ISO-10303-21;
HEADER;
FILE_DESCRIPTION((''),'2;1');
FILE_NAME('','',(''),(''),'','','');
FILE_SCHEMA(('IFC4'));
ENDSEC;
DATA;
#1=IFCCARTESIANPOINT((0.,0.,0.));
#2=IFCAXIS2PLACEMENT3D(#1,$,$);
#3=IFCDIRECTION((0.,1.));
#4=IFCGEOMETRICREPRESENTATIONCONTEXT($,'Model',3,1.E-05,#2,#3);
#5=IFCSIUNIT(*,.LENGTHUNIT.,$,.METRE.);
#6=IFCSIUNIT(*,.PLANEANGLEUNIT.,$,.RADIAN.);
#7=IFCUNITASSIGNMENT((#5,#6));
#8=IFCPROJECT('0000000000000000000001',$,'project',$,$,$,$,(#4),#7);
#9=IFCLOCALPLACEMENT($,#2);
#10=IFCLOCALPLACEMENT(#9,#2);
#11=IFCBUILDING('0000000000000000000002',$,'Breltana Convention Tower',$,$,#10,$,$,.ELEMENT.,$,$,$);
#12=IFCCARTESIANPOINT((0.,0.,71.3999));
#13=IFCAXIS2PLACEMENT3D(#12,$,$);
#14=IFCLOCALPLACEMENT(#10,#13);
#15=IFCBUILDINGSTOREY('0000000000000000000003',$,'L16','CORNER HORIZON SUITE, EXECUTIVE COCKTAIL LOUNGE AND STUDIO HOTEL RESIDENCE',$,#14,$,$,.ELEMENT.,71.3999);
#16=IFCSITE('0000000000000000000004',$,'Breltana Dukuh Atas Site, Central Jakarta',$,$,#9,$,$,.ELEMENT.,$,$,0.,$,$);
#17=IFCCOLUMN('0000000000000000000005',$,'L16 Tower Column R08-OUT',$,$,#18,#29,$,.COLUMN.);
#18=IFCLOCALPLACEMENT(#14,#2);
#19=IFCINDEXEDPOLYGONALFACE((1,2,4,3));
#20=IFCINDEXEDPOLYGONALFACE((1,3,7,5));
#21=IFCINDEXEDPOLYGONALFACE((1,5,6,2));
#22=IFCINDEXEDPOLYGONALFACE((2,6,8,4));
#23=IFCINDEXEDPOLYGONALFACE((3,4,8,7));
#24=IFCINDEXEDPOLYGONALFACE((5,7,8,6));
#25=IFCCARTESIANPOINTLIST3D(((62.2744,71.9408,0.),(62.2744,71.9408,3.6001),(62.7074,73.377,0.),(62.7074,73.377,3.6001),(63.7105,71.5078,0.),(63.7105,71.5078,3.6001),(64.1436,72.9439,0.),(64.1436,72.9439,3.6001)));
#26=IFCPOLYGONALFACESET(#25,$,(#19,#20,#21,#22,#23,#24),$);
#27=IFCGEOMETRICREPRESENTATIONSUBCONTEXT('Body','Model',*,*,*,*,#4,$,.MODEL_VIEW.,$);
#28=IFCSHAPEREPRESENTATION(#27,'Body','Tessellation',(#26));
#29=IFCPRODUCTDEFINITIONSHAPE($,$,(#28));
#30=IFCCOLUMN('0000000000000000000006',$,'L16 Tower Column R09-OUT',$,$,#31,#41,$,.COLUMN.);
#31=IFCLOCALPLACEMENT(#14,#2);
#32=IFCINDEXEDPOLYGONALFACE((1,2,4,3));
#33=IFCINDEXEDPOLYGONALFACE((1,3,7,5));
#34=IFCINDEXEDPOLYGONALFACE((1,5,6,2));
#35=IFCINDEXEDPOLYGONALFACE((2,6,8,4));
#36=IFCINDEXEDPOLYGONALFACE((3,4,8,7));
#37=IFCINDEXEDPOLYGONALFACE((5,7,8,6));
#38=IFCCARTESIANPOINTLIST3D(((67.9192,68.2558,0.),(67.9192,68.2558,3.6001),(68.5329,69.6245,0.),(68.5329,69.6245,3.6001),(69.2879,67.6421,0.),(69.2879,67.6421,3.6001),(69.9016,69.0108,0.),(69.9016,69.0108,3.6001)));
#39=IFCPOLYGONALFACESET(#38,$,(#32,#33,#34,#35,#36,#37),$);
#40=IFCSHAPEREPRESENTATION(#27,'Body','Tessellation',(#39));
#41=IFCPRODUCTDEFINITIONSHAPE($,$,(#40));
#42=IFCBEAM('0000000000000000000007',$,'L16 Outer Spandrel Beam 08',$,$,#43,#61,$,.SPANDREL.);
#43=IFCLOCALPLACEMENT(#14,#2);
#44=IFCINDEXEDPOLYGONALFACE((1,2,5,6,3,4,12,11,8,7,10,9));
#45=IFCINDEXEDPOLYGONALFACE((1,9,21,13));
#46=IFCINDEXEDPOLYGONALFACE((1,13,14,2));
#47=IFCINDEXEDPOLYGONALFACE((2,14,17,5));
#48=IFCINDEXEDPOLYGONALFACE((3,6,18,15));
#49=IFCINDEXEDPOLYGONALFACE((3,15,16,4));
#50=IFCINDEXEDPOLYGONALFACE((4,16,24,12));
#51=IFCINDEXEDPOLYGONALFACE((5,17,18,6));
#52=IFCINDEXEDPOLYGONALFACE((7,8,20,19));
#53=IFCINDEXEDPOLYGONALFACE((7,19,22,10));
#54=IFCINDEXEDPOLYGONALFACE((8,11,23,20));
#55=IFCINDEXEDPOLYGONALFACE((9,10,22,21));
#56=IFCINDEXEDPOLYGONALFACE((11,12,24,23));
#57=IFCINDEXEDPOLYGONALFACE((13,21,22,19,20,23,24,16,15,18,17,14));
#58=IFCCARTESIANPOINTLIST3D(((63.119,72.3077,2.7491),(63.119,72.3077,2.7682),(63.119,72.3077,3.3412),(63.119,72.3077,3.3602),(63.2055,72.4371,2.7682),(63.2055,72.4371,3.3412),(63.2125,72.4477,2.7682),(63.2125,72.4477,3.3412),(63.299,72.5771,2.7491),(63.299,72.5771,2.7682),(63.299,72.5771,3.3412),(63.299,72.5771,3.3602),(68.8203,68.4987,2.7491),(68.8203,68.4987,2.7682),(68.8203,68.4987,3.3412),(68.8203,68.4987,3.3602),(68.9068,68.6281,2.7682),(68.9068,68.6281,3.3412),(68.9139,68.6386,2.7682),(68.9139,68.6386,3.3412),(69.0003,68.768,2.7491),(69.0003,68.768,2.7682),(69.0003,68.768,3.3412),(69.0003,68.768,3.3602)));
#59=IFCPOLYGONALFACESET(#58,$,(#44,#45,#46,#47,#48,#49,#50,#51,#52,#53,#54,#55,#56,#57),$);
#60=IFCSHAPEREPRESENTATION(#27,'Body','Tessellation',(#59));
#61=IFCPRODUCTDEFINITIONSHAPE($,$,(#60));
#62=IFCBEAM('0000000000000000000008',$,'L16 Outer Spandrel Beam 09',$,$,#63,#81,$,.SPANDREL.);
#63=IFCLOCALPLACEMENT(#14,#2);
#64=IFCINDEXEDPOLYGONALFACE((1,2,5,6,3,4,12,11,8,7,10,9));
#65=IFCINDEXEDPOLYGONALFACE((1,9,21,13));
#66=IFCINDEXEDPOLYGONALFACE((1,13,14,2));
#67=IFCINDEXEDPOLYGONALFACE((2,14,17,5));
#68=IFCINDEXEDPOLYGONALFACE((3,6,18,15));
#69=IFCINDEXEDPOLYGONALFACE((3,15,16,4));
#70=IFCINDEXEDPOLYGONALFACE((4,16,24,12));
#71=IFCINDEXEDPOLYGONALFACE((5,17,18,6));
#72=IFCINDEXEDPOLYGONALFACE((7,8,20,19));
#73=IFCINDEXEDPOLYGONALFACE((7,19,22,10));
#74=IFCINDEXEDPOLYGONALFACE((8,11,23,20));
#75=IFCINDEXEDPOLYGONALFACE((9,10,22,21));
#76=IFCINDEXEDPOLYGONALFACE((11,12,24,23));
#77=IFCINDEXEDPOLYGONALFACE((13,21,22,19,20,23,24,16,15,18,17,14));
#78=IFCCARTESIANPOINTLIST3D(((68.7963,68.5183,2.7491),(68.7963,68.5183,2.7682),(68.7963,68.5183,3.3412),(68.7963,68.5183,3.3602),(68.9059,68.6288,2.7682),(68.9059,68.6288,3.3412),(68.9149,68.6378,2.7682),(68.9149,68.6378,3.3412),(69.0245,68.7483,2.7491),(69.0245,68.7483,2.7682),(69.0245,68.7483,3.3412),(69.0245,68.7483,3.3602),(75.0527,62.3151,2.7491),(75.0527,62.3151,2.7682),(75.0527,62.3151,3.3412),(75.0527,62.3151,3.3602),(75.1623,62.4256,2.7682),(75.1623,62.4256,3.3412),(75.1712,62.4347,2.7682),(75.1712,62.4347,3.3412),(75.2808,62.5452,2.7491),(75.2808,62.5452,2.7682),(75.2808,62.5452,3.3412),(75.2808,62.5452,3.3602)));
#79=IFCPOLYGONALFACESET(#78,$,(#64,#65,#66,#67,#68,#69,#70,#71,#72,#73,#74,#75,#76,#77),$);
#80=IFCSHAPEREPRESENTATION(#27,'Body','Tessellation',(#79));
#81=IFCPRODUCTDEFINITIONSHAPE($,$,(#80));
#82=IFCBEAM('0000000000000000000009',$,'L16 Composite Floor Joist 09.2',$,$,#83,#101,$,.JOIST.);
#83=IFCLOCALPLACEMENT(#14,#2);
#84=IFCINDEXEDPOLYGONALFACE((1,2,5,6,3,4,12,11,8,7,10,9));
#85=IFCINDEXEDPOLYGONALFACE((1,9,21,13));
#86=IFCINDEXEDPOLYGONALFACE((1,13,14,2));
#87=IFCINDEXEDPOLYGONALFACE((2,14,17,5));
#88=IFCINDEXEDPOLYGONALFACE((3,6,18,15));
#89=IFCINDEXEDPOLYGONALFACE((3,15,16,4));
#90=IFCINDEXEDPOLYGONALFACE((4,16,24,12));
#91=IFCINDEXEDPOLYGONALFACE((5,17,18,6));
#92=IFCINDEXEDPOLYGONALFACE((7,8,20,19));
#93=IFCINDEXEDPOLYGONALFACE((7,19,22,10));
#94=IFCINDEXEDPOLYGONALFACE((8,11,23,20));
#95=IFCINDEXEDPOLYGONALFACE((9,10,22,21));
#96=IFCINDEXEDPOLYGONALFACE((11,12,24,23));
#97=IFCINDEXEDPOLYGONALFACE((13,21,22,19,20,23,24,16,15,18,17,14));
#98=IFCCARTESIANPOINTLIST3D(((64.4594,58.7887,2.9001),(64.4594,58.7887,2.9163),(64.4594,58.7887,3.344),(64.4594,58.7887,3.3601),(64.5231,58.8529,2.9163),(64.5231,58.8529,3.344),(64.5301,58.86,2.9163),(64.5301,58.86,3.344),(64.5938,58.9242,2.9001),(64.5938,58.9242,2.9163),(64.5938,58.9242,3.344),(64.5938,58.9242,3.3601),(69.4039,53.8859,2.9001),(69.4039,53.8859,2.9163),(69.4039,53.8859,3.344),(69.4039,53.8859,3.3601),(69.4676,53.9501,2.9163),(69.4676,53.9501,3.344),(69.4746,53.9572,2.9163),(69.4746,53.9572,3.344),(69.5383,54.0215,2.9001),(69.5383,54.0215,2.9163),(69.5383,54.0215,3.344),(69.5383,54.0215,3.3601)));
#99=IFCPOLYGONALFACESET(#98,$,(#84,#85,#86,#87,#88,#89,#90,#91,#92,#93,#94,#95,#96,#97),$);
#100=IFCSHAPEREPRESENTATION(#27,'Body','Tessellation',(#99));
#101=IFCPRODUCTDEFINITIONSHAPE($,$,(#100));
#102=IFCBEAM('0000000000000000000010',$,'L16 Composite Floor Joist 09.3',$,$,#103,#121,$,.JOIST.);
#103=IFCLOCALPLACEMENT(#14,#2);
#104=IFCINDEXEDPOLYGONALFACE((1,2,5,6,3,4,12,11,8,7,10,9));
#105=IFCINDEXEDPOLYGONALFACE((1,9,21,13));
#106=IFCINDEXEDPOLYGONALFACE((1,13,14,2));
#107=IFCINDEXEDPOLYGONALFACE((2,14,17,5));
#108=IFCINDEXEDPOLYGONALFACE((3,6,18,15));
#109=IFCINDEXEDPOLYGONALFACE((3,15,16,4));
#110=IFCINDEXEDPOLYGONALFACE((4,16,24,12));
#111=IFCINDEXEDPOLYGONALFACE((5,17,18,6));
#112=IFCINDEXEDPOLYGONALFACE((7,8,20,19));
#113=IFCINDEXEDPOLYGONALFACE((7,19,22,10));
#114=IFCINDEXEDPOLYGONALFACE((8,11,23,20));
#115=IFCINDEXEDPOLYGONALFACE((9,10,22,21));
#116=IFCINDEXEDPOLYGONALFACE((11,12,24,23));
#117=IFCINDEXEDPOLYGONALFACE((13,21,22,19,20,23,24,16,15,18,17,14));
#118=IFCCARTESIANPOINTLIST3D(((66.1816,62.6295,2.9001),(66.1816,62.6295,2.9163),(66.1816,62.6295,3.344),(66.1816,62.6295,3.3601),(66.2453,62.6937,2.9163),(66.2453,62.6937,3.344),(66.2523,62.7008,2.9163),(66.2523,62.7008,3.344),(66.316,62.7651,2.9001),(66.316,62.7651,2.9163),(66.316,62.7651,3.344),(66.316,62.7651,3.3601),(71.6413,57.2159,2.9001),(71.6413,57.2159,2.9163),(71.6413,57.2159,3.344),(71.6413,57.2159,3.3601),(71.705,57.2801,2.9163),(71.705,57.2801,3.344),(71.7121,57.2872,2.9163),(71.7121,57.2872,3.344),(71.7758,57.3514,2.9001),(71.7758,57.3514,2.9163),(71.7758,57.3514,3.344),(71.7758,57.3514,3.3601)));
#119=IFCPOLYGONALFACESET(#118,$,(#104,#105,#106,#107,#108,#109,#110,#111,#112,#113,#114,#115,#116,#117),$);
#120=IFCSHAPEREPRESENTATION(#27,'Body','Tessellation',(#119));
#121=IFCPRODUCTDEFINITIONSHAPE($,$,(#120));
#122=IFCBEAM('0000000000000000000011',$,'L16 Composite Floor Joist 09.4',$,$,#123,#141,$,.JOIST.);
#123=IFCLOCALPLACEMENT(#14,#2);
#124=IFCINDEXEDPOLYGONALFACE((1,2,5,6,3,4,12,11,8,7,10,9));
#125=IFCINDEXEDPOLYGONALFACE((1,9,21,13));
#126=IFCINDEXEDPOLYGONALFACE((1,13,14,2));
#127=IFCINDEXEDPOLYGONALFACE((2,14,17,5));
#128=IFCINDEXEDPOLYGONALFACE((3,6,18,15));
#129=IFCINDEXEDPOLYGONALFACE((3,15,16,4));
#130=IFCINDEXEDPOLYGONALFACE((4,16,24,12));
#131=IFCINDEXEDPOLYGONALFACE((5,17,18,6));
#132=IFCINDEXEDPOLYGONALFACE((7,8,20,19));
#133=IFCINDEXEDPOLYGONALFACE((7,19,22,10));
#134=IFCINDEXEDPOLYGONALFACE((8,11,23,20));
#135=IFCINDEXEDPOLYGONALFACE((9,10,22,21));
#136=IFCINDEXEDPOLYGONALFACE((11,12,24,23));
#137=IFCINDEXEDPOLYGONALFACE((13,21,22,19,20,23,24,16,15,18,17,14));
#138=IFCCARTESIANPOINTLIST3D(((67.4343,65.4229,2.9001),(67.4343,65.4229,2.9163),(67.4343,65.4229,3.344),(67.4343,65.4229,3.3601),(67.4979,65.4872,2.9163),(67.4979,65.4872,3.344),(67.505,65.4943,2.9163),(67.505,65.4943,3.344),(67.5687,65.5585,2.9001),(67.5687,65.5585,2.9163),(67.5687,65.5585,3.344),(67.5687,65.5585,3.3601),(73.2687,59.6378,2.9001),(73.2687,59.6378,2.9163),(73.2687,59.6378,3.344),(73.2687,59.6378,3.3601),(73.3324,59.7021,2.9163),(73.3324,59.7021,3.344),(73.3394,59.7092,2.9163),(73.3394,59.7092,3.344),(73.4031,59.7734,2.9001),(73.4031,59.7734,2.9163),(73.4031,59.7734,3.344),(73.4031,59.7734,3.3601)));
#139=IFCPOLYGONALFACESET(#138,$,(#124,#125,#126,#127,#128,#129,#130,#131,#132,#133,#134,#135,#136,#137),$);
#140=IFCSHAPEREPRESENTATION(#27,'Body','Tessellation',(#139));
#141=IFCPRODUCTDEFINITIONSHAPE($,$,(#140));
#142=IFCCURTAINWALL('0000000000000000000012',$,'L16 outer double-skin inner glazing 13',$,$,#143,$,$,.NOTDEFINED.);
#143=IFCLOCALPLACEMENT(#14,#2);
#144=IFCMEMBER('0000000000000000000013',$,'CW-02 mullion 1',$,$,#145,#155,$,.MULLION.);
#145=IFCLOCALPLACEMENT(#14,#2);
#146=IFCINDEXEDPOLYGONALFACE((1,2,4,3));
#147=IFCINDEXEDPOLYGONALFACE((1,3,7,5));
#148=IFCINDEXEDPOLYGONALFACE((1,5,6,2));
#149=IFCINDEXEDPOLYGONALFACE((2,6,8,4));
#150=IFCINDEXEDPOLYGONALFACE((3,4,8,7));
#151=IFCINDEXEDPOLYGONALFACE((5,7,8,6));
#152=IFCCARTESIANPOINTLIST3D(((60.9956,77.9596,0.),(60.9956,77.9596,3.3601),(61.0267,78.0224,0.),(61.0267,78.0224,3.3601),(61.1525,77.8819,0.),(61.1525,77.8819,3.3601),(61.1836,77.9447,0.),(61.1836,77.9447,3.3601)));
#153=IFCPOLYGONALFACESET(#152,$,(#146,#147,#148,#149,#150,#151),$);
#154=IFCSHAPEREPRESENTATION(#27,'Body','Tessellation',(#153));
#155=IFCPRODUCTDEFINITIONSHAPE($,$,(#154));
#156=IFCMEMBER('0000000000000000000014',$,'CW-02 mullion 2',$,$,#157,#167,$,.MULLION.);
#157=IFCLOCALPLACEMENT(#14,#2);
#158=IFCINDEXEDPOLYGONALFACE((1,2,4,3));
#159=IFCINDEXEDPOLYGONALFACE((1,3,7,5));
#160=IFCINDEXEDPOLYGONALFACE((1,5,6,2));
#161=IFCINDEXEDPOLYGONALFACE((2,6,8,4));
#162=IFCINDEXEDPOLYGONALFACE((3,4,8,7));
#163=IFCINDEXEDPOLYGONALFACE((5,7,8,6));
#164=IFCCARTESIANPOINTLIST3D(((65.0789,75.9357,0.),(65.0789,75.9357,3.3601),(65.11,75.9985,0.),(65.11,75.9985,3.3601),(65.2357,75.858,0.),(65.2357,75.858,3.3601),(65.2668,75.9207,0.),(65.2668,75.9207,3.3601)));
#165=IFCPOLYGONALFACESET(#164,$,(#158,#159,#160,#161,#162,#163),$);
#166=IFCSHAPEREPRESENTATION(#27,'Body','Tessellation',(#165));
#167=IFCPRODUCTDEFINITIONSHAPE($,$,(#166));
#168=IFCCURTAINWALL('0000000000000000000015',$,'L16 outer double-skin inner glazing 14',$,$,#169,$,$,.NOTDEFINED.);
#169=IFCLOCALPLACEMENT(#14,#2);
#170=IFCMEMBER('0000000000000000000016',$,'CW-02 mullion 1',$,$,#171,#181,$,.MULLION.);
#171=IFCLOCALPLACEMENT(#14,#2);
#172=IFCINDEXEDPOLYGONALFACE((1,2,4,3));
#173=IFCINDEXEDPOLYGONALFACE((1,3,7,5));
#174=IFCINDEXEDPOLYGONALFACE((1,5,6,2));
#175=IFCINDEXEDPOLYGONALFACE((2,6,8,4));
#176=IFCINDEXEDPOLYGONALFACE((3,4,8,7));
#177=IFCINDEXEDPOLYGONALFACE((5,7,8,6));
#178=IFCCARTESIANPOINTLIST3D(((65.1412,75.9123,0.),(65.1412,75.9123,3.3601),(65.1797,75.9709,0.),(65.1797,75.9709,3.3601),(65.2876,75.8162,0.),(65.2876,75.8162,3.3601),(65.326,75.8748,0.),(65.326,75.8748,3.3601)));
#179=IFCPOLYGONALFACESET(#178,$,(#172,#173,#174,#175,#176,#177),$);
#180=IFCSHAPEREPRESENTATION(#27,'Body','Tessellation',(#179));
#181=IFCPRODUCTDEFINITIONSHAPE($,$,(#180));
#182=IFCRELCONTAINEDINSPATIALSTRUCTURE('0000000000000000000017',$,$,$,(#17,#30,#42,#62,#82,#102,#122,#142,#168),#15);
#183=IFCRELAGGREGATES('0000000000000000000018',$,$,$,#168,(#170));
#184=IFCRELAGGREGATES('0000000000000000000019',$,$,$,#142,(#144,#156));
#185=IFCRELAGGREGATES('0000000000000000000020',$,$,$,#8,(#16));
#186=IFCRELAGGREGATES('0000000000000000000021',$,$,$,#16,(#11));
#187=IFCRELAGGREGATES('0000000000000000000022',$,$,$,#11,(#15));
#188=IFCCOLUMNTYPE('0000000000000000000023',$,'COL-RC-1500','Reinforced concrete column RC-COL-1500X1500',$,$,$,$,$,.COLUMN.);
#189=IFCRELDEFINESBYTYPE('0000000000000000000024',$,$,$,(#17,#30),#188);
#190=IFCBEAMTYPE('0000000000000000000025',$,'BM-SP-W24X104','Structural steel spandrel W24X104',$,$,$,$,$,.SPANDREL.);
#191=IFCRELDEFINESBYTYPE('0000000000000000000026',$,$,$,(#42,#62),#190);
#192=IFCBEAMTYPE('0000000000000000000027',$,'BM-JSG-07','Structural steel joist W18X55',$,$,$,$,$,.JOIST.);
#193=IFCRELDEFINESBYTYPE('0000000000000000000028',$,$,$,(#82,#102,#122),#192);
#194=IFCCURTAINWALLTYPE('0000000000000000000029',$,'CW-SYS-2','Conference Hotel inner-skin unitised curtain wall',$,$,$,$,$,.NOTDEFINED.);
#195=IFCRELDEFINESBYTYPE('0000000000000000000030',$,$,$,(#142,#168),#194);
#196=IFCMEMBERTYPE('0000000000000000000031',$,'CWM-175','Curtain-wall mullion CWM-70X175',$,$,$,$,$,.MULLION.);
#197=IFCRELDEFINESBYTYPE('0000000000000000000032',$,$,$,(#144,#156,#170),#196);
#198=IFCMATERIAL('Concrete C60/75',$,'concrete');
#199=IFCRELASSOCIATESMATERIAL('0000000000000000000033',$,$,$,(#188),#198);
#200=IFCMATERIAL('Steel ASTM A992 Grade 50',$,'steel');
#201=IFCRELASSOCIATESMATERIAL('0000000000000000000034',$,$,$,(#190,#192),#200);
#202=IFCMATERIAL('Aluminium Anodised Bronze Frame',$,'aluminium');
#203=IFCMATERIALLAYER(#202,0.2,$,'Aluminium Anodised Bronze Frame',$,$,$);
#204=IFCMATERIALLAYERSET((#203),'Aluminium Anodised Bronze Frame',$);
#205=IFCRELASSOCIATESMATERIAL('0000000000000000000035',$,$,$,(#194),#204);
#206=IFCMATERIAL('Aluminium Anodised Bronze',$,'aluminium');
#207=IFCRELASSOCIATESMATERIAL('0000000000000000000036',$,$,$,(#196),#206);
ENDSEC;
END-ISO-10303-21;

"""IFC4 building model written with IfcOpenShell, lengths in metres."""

from ifc_helpers import new_model, si_unit, direction, frame, origin, origin_2d, place, context, subcontext, project, spatial, rectangle, i_section, extrude, source, transform, mapped, material, layer, layer_set, material_profile, profile_set, type_object, type_shapes, element, aggregate, save


model = new_model("IFC4")

# Units and contexts
model_context = context("Model", 3, precision=1e-05, world=origin(), true_north=direction((0.0, 1.0)))
body_context = subcontext(model_context, "Body", "Model", "MODEL_VIEW")
ifc_project = project(units=[si_unit("LENGTHUNIT", "METRE"), si_unit("PLANEANGLEUNIT", "RADIAN")], contexts=[model_context])

# Site, building, storey
site_placement = place(None, origin())
site = spatial("IfcSite", under=ifc_project, at=site_placement, Name="Breltana Dukuh Atas Site, Central Jakarta", CompositionType="ELEMENT", RefElevation=0.0)
building_placement = place(site_placement, origin())
building = spatial("IfcBuilding", under=site, at=building_placement, Name="Breltana Convention Tower", CompositionType="ELEMENT")
storey_placement = place(building_placement, frame((0.0, 0.0, 71.3999)))
storey = spatial("IfcBuildingStorey", under=building, at=storey_placement, Name="L16", Description="CORNER HORIZON SUITE, EXECUTIVE COCKTAIL LOUNGE AND STUDIO HOTEL RESIDENCE", CompositionType="ELEMENT", Elevation=71.3999)

# Columns
ifc_material_1 = material(Name="Concrete C60/75", Category="concrete")
ifc_material_profile_1 = material_profile(ifc_material_1, rectangle(XDim=1.5, YDim=1.5, at=origin_2d()), Name="RC-COL-1500X1500")
ifc_profile_set_1 = profile_set([ifc_material_profile_1], Name="Concrete C60/75")
column_type = type_object("IfcColumnType", Name="COL-RC-1500", Description="Reinforced concrete column RC-COL-1500X1500", PredefinedType="COLUMN", material=ifc_profile_set_1)
shared_shape_1 = source(origin(), body_context, "Body", "SweptSolid", [
    extrude(rectangle(XDim=1.5, YDim=1.5, at=origin_2d()), origin(), (0.0, 0.0, 1.0), 3.6001),
])
for number, where, z_axis, x_axis, name in (
    (1, (63.209, 72.4424, 0.0), (0.0, 0.0, 1.0), (0.288698, 0.95742, 0.0), "L16 Tower Column R08-OUT"),
    (2, (68.9104, 68.6333, 0.0), (0.0, 0.0, 1.0), (0.409127, 0.912477, 0.0), "L16 Tower Column R09-OUT"),
):
    element("IfcColumn", number, at=place(storey_placement, frame(where, z_axis=z_axis, x_axis=x_axis)), inside=storey, type_object=column_type, Name=name, PredefinedType="COLUMN", context=body_context, shape_type="MappedRepresentation", body=[
        mapped(shared_shape_1, transform((0.0, 0.0, 0.0), scale=1.0)),
    ])

# Beams
ifc_material_2 = material(Name="Steel ASTM A992 Grade 50", Category="steel")
ifc_material_profile_2 = material_profile(ifc_material_2, i_section(OverallWidth=0.324, OverallDepth=0.6111, WebThickness=0.0127, FlangeThickness=0.019, at=origin_2d()), Name="W24X104")
ifc_profile_set_2 = profile_set([ifc_material_profile_2], Name="Steel ASTM A992 Grade 50")
beam_type_1 = type_object("IfcBeamType", Name="BM-SP-W24X104", Description="Structural steel spandrel W24X104", PredefinedType="SPANDREL", material=ifc_profile_set_2)
shared_shape_2 = source(origin(), body_context, "Body", "SweptSolid", [
    extrude(i_section(OverallWidth=0.324, OverallDepth=0.6111, WebThickness=0.0127, FlangeThickness=0.019, at=origin_2d()), origin(), (0.0, 0.0, 1.0), 6.8567),
])
beam_1_placement = place(storey_placement, frame((63.209, 72.4424, 3.0547), z_axis=(0.831502, -0.555522, 0.0), x_axis=(0.555522, 0.831502, 0.0)))
element("IfcBeam", 3, at=beam_1_placement, inside=storey, type_object=beam_type_1, Name="L16 Outer Spandrel Beam 08", PredefinedType="SPANDREL", context=body_context, shape_type="MappedRepresentation", body=[
    mapped(shared_shape_2, transform((0.0, 0.0, 0.0), scale=1.0)),
])
shared_shape_3 = source(origin(), body_context, "Body", "SweptSolid", [
    extrude(i_section(OverallWidth=0.324, OverallDepth=0.6111, WebThickness=0.0127, FlangeThickness=0.019, at=origin_2d()), origin(), (0.0, 0.0, 1.0), 8.8103),
])
beam_2_placement = place(storey_placement, frame((68.9104, 68.6333, 3.0547), z_axis=(0.710121, -0.70408, 0.0), x_axis=(0.70408, 0.710121, 0.0)))
element("IfcBeam", 4, at=beam_2_placement, inside=storey, type_object=beam_type_1, Name="L16 Outer Spandrel Beam 09", PredefinedType="SPANDREL", context=body_context, shape_type="MappedRepresentation", body=[
    mapped(shared_shape_3, transform((0.0, 0.0, 0.0), scale=1.0)),
])
ifc_material_profile_3 = material_profile(ifc_material_2, i_section(OverallWidth=0.1909, OverallDepth=0.46, WebThickness=0.01, FlangeThickness=0.0161, at=origin_2d()), Name="W18X55")
ifc_profile_set_3 = profile_set([ifc_material_profile_3], Name="Steel ASTM A992 Grade 50")
beam_type_2 = type_object("IfcBeamType", Name="BM-JSG-07", Description="Structural steel joist W18X55", PredefinedType="JOIST", material=ifc_profile_set_3)
shared_shape_4 = source(origin(), body_context, "Body", "SweptSolid", [
    extrude(i_section(OverallWidth=0.1909, OverallDepth=0.46, WebThickness=0.01, FlangeThickness=0.0161, at=origin_2d()), origin(), (0.0, 0.0, 1.0), 6.9631),
])
beam_3_placement = place(storey_placement, frame((64.5266, 58.8564, 3.1301), z_axis=(0.710098, -0.704103, 0.0), x_axis=(0.704103, 0.710098, 0.0)))
element("IfcBeam", 5, at=beam_3_placement, inside=storey, type_object=beam_type_2, Name="L16 Composite Floor Joist 09.2", PredefinedType="JOIST", context=body_context, shape_type="MappedRepresentation", body=[
    mapped(shared_shape_4, transform((0.0, 0.0, 0.0), scale=1.0)),
])
shared_shape_5 = source(origin(), body_context, "Body", "SweptSolid", [
    extrude(i_section(OverallWidth=0.1909, OverallDepth=0.46, WebThickness=0.01, FlangeThickness=0.0161, at=origin_2d()), origin(), (0.0, 0.0, 1.0), 7.6887),
])
beam_4_placement = place(storey_placement, frame((66.2488, 62.6973, 3.1301), z_axis=(0.710101, -0.7041, 0.0), x_axis=(0.7041, 0.710101, 0.0)))
element("IfcBeam", 6, at=beam_4_placement, inside=storey, type_object=beam_type_2, Name="L16 Composite Floor Joist 09.3", PredefinedType="JOIST", context=body_context, shape_type="MappedRepresentation", body=[
    mapped(shared_shape_5, transform((0.0, 0.0, 0.0), scale=1.0)),
])
shared_shape_6 = source(origin(), body_context, "Body", "SweptSolid", [
    extrude(i_section(OverallWidth=0.1909, OverallDepth=0.46, WebThickness=0.01, FlangeThickness=0.0161, at=origin_2d()), origin(), (0.0, 0.0, 1.0), 8.2163),
])
beam_5_placement = place(storey_placement, frame((67.5015, 65.4907, 3.1301), z_axis=(0.710102, -0.704099, 0.0), x_axis=(0.704099, 0.710102, 0.0)))
element("IfcBeam", 7, at=beam_5_placement, inside=storey, type_object=beam_type_2, Name="L16 Composite Floor Joist 09.4", PredefinedType="JOIST", context=body_context, shape_type="MappedRepresentation", body=[
    mapped(shared_shape_6, transform((0.0, 0.0, 0.0), scale=1.0)),
])

# Curtain walls, members
ifc_material_3 = material(Name="Aluminium Anodised Bronze Frame", Category="aluminium")
ifc_layer_1 = layer(ifc_material_3, 0.2, Name="Aluminium Anodised Bronze Frame")
ifc_layer_set_1 = layer_set([ifc_layer_1], Name="Aluminium Anodised Bronze Frame")
curtain_wall_type = type_object("IfcCurtainWallType", Name="CW-SYS-2", Description="Conference Hotel inner-skin unitised curtain wall", PredefinedType="NOTDEFINED", material=ifc_layer_set_1)
curtain_wall_1_placement = place(storey_placement, origin())
curtain_wall_1 = element("IfcCurtainWall", 8, at=curtain_wall_1_placement, inside=storey, type_object=curtain_wall_type, Name="L16 outer double-skin inner glazing 13", PredefinedType="NOTDEFINED")
ifc_material_4 = material(Name="Aluminium Anodised Bronze", Category="aluminium")
ifc_material_profile_4 = material_profile(ifc_material_4, rectangle(XDim=0.0701, YDim=0.175, at=origin_2d()), Name="CWM-70X175")
ifc_profile_set_4 = profile_set([ifc_material_profile_4], Name="Aluminium Anodised Bronze")
member_type_1 = type_object("IfcMemberType", Name="CWM-175", Description="Curtain-wall mullion CWM-70X175", PredefinedType="MULLION", material=ifc_profile_set_4)
shared_shape_7 = source(origin(), body_context, "Body", "SweptSolid", [
    extrude(rectangle(XDim=0.0701, YDim=0.175, at=origin_2d()), origin(), (0.0, 0.0, 1.0), 3.3601),
])
type_shapes(member_type_1, [shared_shape_7])
member_1_placement = place(storey_placement, frame((61.0896, 77.9521, 0.0), z_axis=(0.0, 0.0, 1.0), x_axis=(0.444108, 0.895973, 0.0)))
member_1 = element("IfcMember", 9, at=member_1_placement, type_object=member_type_1, Name="CW-02 mullion 1", PredefinedType="MULLION", context=body_context, shape_type="MappedRepresentation", body=[
    mapped(shared_shape_7, transform((0.0, 0.0, 0.0), scale=1.0)),
])
member_2_placement = place(storey_placement, frame((65.1729, 75.9282, 0.0), z_axis=(0.0, 0.0, 1.0), x_axis=(0.444108, 0.895973, 0.0)))
member_2 = element("IfcMember", 10, at=member_2_placement, type_object=member_type_1, Name="CW-02 mullion 2", PredefinedType="MULLION", context=body_context, shape_type="MappedRepresentation", body=[
    mapped(shared_shape_7, transform((0.0, 0.0, 0.0), scale=1.0)),
])
curtain_wall_2_placement = place(storey_placement, origin())
curtain_wall_2 = element("IfcCurtainWall", 11, at=curtain_wall_2_placement, inside=storey, type_object=curtain_wall_type, Name="L16 outer double-skin inner glazing 14", PredefinedType="NOTDEFINED")
member_3_placement = place(storey_placement, frame((65.2336, 75.8936, 0.0), z_axis=(0.0, 0.0, 1.0), x_axis=(0.548784, 0.835964, 0.0)))
member_3 = element("IfcMember", 12, at=member_3_placement, type_object=member_type_1, Name="CW-02 mullion 1", PredefinedType="MULLION", context=body_context, shape_type="MappedRepresentation", body=[
    mapped(shared_shape_7, transform((0.0, 0.0, 0.0), scale=1.0)),
])

aggregate(curtain_wall_2, [member_3])
aggregate(curtain_wall_1, [member_1, member_2])

save(model, "model.ifc")
